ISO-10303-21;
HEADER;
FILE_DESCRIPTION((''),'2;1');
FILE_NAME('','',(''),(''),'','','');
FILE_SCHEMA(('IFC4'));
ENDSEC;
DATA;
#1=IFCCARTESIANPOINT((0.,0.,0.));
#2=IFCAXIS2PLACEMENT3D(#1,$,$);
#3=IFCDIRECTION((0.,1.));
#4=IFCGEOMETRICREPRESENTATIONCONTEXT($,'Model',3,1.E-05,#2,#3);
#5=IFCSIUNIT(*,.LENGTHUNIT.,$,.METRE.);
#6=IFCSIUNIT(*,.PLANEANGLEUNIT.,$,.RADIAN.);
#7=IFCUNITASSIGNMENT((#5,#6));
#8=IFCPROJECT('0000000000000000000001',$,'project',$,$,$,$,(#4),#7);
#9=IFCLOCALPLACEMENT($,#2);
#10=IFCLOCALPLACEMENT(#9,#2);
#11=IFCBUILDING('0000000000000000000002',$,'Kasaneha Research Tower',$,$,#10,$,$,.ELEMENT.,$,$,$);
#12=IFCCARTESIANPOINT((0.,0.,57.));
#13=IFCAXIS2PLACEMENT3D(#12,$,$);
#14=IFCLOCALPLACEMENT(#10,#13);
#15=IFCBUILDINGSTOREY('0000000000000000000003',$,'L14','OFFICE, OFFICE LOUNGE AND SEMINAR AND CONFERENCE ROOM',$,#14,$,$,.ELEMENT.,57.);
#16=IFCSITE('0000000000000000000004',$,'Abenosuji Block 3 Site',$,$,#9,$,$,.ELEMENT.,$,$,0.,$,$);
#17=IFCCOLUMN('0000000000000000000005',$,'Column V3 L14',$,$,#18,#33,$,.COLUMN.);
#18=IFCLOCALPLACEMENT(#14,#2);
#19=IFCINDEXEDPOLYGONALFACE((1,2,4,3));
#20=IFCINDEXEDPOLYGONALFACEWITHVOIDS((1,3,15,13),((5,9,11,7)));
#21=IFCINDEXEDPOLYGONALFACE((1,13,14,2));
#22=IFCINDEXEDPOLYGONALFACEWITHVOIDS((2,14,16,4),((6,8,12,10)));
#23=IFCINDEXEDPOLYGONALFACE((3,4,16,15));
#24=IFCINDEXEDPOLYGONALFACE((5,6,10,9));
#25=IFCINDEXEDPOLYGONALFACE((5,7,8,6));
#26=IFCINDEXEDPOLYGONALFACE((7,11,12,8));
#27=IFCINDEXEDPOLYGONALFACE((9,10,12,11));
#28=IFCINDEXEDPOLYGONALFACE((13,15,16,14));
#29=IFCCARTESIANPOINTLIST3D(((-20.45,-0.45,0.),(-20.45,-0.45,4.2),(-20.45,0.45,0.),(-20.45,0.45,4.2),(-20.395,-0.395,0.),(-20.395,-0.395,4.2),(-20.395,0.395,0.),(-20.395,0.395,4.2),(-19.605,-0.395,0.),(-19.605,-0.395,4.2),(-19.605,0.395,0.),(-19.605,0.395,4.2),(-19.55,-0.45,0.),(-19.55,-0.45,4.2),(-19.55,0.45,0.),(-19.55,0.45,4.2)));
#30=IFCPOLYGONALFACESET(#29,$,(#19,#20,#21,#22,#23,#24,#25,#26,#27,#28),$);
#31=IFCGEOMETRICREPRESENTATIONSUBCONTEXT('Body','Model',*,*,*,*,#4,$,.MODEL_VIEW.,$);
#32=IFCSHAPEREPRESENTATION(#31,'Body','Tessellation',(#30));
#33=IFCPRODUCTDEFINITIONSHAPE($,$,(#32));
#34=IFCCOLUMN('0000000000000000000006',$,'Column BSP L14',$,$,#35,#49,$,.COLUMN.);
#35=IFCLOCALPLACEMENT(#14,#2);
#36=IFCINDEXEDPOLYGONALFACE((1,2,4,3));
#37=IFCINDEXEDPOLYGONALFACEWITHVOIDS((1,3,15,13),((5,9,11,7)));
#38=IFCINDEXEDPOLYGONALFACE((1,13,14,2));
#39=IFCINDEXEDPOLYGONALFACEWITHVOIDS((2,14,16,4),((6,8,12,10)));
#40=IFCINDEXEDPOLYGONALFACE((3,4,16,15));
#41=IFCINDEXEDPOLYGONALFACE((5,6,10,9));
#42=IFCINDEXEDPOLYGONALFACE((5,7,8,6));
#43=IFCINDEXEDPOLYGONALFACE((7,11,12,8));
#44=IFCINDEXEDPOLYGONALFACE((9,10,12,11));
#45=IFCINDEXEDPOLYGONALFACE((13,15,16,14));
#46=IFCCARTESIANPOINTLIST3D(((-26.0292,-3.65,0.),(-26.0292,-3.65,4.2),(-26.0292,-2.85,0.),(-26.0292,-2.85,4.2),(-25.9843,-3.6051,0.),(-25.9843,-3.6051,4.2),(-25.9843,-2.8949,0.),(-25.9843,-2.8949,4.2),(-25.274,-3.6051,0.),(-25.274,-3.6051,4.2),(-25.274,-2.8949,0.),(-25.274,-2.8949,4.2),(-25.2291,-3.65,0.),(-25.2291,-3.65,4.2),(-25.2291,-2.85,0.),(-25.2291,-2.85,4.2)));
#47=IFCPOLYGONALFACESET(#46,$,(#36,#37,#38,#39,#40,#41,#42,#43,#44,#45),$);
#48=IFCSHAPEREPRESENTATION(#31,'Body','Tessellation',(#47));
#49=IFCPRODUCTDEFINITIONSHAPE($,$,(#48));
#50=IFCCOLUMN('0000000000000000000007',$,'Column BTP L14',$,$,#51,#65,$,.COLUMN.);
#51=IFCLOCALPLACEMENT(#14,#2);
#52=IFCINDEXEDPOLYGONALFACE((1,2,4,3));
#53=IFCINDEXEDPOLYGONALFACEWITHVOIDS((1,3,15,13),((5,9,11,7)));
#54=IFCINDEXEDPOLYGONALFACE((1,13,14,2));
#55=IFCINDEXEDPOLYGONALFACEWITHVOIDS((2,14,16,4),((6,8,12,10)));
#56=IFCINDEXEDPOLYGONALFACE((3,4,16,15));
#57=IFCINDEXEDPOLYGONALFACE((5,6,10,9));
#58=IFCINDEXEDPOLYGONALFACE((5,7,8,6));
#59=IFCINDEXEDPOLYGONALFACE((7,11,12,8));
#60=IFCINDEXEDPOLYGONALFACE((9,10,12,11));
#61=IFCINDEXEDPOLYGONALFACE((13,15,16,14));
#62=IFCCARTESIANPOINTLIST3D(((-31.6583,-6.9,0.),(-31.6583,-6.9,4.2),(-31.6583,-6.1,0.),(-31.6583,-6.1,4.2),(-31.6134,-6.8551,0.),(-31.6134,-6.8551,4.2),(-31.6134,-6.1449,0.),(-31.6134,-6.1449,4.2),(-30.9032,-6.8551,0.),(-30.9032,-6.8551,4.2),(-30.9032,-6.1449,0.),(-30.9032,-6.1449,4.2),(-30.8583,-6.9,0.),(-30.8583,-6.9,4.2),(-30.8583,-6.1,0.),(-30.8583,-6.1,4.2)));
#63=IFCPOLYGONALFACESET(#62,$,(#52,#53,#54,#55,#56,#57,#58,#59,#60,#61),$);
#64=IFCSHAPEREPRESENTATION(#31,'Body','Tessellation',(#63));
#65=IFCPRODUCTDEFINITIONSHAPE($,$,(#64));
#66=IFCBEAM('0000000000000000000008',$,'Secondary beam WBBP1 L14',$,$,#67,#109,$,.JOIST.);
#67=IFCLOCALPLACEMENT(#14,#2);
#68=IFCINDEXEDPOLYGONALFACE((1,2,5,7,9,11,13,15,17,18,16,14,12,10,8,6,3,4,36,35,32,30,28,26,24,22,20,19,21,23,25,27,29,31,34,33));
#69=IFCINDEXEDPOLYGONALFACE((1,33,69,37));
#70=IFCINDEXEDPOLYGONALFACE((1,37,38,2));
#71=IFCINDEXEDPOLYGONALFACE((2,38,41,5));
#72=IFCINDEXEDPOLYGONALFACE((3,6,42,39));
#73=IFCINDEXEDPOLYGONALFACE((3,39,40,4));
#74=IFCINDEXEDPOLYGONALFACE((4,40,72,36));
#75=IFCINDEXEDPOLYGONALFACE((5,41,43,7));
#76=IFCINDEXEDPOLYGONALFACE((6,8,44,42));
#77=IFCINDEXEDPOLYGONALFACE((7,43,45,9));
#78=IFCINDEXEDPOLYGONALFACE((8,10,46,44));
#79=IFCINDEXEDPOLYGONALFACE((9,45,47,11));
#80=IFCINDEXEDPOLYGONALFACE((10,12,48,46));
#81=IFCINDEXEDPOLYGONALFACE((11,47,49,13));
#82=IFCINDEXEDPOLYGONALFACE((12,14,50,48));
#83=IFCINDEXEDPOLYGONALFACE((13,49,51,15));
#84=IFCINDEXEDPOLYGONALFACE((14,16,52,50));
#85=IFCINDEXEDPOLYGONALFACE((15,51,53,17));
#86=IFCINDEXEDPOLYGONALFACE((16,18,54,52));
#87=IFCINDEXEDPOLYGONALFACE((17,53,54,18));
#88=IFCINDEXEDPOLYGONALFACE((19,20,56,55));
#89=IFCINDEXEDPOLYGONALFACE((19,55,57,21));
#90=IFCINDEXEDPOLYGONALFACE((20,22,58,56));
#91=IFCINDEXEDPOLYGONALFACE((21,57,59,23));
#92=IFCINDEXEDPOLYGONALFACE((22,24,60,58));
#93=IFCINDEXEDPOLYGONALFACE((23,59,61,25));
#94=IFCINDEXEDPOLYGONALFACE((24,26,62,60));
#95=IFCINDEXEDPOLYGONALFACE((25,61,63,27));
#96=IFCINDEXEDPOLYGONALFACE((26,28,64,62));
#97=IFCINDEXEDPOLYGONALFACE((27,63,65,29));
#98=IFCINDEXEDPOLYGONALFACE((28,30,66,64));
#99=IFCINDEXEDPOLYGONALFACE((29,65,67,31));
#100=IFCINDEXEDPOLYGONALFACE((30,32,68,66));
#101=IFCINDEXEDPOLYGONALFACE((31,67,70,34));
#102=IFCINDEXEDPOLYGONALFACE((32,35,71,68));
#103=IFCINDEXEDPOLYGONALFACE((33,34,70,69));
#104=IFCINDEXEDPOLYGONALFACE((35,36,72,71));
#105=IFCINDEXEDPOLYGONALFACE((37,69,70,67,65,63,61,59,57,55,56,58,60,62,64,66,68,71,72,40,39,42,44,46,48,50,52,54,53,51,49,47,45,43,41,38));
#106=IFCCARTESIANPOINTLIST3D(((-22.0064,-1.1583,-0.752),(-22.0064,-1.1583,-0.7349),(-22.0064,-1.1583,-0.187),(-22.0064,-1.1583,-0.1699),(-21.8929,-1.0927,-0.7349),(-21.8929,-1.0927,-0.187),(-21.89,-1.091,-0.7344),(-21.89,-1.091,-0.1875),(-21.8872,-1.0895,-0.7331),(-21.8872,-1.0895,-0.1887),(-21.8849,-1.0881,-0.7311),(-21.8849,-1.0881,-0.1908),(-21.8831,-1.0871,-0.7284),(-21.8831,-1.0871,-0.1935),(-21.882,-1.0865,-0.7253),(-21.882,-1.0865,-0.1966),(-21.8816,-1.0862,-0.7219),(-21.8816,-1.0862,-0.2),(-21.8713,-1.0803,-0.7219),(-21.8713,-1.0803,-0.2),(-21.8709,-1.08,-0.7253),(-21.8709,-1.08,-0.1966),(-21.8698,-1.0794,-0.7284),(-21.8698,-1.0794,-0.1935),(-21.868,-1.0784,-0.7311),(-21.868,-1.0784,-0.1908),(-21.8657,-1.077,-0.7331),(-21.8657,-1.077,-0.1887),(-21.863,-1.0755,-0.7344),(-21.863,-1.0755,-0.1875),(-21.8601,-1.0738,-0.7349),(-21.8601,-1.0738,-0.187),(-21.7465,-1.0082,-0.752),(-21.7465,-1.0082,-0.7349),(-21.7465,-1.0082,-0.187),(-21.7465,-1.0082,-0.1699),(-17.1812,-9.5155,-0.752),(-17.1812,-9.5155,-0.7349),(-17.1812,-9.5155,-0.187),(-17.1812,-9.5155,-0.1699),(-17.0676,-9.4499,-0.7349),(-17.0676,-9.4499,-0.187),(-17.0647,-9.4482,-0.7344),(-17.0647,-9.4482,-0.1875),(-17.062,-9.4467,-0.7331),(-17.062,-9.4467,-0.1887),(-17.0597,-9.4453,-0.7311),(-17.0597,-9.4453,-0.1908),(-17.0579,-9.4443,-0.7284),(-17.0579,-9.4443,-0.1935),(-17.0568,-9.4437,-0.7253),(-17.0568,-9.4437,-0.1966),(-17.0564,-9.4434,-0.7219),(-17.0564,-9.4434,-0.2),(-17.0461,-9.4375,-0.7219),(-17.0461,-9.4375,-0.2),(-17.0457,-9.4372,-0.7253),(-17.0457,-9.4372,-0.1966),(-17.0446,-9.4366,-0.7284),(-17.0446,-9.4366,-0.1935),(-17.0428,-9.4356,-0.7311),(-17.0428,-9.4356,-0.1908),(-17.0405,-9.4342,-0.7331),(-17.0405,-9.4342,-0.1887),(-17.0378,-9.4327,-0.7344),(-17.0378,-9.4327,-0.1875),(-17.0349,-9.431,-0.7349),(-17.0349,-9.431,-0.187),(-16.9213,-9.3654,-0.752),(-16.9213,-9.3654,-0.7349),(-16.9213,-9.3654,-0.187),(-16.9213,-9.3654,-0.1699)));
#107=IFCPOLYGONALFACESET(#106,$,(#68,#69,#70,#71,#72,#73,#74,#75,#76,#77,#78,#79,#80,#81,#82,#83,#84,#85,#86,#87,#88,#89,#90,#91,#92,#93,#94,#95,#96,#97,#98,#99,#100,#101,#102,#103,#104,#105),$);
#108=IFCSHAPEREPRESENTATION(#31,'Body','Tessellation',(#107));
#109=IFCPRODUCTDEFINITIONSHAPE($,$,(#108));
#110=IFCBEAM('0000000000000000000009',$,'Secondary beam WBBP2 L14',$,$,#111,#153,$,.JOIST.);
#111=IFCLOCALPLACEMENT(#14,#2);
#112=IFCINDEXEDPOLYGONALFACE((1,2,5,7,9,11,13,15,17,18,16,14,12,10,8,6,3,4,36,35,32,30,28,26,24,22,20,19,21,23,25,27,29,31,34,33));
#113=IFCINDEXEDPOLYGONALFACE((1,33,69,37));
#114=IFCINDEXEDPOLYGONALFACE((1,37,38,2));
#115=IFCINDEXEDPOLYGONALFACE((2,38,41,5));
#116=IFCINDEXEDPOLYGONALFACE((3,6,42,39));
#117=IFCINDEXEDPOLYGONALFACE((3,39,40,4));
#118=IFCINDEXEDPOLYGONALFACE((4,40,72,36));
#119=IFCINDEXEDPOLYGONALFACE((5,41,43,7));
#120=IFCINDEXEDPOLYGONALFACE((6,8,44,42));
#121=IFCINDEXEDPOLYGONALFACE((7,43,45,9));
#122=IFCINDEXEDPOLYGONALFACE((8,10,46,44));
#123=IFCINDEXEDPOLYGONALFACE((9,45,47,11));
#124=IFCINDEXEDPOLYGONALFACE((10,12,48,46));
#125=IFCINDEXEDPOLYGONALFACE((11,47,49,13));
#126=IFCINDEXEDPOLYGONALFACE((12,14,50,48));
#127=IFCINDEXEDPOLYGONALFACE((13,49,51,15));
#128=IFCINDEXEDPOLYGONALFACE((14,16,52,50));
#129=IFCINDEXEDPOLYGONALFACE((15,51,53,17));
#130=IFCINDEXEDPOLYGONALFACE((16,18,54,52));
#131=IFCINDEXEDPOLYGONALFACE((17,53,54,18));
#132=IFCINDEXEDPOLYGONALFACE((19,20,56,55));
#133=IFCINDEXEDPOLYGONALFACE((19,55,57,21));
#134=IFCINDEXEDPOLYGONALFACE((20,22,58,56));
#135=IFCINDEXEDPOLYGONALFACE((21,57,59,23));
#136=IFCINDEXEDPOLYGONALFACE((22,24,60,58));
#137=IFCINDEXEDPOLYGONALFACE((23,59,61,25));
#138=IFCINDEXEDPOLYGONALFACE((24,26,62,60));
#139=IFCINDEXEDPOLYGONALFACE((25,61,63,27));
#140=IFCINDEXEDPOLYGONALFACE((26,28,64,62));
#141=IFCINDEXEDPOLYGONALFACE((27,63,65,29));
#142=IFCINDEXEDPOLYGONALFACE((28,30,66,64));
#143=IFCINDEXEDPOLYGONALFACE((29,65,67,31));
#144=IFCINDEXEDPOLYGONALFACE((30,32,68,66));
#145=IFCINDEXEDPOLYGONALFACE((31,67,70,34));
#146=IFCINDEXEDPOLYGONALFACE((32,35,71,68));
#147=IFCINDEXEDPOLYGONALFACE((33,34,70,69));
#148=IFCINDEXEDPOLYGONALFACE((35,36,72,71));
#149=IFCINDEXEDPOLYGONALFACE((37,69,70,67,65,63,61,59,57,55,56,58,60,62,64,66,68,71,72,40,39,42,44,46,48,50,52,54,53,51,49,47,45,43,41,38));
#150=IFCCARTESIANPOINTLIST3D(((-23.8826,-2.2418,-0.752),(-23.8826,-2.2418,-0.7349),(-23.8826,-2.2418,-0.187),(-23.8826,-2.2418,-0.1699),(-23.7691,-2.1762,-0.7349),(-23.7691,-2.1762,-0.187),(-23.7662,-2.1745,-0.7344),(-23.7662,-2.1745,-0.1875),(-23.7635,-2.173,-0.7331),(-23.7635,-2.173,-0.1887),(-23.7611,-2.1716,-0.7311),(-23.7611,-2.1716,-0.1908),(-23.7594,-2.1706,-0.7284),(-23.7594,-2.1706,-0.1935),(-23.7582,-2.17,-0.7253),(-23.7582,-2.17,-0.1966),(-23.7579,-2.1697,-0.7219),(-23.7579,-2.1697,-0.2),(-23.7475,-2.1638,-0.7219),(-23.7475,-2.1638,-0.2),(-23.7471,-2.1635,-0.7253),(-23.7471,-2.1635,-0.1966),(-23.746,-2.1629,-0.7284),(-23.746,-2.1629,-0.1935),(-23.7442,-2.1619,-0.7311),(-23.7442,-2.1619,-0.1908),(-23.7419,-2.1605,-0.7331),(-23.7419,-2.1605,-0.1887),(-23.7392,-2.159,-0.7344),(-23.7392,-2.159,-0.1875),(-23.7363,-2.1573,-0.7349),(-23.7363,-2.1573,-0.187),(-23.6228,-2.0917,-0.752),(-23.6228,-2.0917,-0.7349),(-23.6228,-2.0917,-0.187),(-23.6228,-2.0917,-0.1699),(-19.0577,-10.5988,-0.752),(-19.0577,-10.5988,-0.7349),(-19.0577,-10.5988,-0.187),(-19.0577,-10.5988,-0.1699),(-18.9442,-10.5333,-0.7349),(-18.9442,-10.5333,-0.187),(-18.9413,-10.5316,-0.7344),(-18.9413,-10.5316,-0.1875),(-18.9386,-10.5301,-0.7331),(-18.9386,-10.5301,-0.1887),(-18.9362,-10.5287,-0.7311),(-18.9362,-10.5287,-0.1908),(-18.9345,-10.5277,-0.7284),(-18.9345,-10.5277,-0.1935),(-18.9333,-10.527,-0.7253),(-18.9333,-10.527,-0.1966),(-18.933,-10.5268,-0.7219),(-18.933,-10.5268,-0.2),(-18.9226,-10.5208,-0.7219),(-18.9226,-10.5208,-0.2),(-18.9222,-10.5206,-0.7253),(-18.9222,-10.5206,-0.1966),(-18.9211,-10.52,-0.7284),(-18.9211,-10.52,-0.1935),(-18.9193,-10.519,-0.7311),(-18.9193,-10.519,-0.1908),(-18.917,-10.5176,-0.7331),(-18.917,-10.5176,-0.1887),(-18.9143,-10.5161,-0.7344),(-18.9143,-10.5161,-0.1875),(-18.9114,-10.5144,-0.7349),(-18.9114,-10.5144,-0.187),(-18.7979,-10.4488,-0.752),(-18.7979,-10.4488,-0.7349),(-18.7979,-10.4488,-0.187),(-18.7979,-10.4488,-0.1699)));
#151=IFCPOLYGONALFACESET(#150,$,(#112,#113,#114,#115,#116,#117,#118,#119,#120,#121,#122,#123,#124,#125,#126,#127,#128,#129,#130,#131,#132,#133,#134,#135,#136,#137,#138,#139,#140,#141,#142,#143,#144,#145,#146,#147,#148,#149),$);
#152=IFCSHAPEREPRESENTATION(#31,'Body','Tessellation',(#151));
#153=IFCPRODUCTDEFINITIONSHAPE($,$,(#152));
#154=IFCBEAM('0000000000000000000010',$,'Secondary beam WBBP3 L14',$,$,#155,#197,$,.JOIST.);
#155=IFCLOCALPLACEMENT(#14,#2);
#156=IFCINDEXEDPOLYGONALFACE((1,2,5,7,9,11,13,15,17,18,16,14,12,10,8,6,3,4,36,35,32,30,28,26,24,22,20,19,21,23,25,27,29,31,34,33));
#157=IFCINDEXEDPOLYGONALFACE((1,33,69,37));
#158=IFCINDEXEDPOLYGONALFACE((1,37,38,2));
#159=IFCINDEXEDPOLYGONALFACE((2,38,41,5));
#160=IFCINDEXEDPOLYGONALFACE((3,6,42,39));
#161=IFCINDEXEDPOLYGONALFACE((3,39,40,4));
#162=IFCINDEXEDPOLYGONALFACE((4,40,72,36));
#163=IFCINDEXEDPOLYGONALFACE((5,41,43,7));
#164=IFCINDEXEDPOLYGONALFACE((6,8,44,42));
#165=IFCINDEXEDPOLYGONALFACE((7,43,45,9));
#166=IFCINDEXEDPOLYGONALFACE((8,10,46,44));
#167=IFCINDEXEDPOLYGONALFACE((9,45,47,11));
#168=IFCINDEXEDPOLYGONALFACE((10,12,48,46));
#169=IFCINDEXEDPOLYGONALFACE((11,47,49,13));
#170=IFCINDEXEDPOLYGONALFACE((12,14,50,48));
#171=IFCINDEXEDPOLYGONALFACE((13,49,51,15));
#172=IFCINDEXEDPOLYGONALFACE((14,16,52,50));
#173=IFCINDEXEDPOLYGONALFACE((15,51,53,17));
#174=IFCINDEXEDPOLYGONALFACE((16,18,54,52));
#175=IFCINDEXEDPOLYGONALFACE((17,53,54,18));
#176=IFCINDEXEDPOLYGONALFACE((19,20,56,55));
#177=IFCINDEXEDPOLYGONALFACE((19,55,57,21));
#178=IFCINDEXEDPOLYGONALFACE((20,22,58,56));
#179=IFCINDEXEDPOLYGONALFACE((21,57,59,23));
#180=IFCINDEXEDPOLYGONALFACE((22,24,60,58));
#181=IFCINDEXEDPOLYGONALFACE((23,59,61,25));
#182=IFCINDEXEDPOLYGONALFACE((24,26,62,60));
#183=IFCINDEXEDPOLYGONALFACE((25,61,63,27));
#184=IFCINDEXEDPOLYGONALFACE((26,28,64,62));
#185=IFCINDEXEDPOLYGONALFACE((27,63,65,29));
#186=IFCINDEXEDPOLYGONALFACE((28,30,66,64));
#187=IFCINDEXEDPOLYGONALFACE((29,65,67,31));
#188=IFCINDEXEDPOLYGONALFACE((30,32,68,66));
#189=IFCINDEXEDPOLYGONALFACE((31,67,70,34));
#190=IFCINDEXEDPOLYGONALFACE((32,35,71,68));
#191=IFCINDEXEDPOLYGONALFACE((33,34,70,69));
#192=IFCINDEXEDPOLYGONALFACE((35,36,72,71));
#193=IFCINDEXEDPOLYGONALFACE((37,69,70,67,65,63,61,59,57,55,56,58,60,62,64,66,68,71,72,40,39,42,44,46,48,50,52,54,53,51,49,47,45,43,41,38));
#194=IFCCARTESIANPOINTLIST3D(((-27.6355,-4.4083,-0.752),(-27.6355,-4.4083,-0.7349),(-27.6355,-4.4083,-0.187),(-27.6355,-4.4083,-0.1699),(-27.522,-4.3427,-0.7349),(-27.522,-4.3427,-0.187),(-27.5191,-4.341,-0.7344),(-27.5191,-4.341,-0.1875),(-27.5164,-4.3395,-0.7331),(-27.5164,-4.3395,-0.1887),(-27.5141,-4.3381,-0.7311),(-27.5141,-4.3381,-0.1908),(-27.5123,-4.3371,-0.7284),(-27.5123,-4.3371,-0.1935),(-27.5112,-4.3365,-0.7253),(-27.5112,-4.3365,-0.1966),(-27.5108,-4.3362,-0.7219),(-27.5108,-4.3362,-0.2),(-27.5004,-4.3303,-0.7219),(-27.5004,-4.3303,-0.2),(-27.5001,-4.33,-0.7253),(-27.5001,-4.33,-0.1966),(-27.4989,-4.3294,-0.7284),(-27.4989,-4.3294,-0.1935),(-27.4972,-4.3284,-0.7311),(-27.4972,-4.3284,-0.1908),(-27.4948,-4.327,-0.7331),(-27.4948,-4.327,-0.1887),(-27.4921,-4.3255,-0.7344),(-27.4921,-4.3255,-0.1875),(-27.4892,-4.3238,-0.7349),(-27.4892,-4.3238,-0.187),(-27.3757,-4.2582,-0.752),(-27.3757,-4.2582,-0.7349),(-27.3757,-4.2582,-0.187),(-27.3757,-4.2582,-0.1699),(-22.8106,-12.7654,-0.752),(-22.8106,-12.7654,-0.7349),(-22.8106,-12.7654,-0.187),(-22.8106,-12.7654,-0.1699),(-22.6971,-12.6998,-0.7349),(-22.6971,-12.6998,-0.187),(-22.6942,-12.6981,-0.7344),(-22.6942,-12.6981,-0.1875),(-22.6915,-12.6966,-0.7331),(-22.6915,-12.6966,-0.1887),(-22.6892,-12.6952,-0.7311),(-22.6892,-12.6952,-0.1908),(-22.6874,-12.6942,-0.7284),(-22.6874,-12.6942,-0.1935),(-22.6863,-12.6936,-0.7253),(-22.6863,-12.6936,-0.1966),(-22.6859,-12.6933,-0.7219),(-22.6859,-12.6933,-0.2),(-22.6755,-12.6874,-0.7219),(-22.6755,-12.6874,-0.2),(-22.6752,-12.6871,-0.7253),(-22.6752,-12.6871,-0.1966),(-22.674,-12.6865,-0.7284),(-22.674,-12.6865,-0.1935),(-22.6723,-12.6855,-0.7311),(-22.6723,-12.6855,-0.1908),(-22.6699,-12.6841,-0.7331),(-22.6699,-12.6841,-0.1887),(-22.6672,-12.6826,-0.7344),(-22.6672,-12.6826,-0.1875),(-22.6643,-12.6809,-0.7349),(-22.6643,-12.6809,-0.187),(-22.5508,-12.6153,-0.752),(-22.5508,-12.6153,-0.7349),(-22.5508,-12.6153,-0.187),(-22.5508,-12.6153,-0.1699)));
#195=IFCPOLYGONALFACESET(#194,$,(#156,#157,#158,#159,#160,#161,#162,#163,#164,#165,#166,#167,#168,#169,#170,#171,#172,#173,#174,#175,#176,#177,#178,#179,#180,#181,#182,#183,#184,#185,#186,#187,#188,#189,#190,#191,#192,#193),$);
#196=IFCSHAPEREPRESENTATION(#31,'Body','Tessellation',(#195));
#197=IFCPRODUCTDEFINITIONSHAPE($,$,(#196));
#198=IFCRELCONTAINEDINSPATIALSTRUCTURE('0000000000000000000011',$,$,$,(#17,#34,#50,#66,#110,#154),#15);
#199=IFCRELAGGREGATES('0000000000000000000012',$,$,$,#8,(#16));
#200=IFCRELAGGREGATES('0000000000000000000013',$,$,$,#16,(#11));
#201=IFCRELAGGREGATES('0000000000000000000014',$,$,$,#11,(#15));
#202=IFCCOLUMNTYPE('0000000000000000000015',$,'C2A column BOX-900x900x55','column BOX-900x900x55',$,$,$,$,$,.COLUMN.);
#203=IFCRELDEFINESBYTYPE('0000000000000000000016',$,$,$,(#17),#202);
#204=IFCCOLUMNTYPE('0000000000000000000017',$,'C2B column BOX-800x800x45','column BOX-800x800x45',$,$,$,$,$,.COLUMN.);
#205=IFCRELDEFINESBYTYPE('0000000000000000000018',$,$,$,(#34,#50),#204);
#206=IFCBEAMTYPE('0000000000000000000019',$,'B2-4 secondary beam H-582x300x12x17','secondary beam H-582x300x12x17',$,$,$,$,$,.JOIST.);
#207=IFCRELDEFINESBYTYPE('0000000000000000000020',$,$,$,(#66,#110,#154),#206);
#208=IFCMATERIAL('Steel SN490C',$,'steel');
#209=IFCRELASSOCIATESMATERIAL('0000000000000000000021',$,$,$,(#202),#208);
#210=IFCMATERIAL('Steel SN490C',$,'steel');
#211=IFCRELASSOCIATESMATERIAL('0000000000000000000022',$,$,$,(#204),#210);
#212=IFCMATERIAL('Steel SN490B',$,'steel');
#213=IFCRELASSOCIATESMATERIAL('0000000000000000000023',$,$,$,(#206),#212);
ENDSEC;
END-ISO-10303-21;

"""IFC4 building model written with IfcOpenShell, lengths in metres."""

from ifc_helpers import new_model, si_unit, direction, frame, origin, origin_2d, place, context, subcontext, project, spatial, hollow_rectangle, i_section, extrude, material, material_profile, profile_set, type_object, element, save


model = new_model("IFC4")

# Units and contexts
model_context = context("Model", 3, precision=1e-05, world=origin(), true_north=direction((0.0, 1.0)))
body_context = subcontext(model_context, "Body", "Model", "MODEL_VIEW")
ifc_project = project(units=[si_unit("LENGTHUNIT", "METRE"), si_unit("PLANEANGLEUNIT", "RADIAN")], contexts=[model_context])

# Site, building, storey
site_placement = place(None, origin())
site = spatial("IfcSite", under=ifc_project, at=site_placement, Name="Abenosuji Block 3 Site", CompositionType="ELEMENT", RefElevation=0.0)
building_placement = place(site_placement, origin())
building = spatial("IfcBuilding", under=site, at=building_placement, Name="Kasaneha Research Tower", CompositionType="ELEMENT")
storey_placement = place(building_placement, frame((0.0, 0.0, 57.0)))
storey = spatial("IfcBuildingStorey", under=building, at=storey_placement, Name="L14", Description="OFFICE, OFFICE LOUNGE AND SEMINAR AND CONFERENCE ROOM", CompositionType="ELEMENT", Elevation=57.0)

# Columns
ifc_material_1 = material(Name="Steel SN490C", Category="steel")
ifc_material_profile_1 = material_profile(ifc_material_1, hollow_rectangle(XDim=0.8999, YDim=0.8999, WallThickness=0.0549, at=origin_2d()), Name="BOX-900x900x55")
ifc_profile_set_1 = profile_set([ifc_material_profile_1], Name="Steel SN490C")
column_type_1 = type_object("IfcColumnType", Name="C2A column BOX-900x900x55", Description="column BOX-900x900x55", PredefinedType="COLUMN", material=ifc_profile_set_1)
column_placement = place(storey_placement, frame((-20.0, 0.0, 0.0), z_axis=(0.0, 0.0, 1.0), x_axis=(1.0, 0.0, 0.0)))
element("IfcColumn", 1, at=column_placement, inside=storey, type_object=column_type_1, Name="Column V3 L14", PredefinedType="COLUMN", context=body_context, shape_type="SweptSolid", body=[
    extrude(hollow_rectangle(XDim=0.8999, YDim=0.8999, WallThickness=0.0549, at=origin_2d()), origin(), (0.0, 0.0, 1.0), 4.2),
])
ifc_material_2 = material(Name="Steel SN490C", Category="steel")
ifc_material_profile_2 = material_profile(ifc_material_2, hollow_rectangle(XDim=0.8, YDim=0.8, WallThickness=0.0449, at=origin_2d()), Name="BOX-800x800x45")
ifc_profile_set_2 = profile_set([ifc_material_profile_2], Name="Steel SN490C")
column_type_2 = type_object("IfcColumnType", Name="C2B column BOX-800x800x45", Description="column BOX-800x800x45", PredefinedType="COLUMN", material=ifc_profile_set_2)
for number, where, z_axis, x_axis, name in (
    (2, (-25.6292, -3.25, 0.0), (0.0, 0.0, 1.0), (1.0, 0.0, 0.0), "Column BSP L14"),
    (3, (-31.2583, -6.5, 0.0), (0.0, 0.0, 1.0), (1.0, 0.0, 0.0), "Column BTP L14"),
):
    element("IfcColumn", number, at=place(storey_placement, frame(where, z_axis=z_axis, x_axis=x_axis)), inside=storey, type_object=column_type_2, Name=name, PredefinedType="COLUMN", context=body_context, shape_type="SweptSolid", body=[
        extrude(hollow_rectangle(XDim=0.8, YDim=0.8, WallThickness=0.0449, at=origin_2d()), origin(), (0.0, 0.0, 1.0), 4.2),
    ])

# Beams
ifc_material_3 = material(Name="Steel SN490B", Category="steel")
ifc_material_profile_3 = material_profile(ifc_material_3, i_section(OverallWidth=0.3, OverallDepth=0.582, WebThickness=0.012, FlangeThickness=0.0171, FilletRadius=0.0129, at=origin_2d()), Name="H-582x300x12x17")
ifc_profile_set_3 = profile_set([ifc_material_profile_3], Name="Steel SN490B")
beam_type_1 = type_object("IfcBeamType", Name="B2-4 secondary beam H-582x300x12x17", Description="secondary beam H-582x300x12x17", PredefinedType="JOIST", material=ifc_profile_set_3)
beam_1_placement = place(storey_placement, frame((-21.8765, -1.0833, -0.4609), z_axis=(0.500014, -0.866017, 0.0), x_axis=(0.866017, 0.500014, 0.0)))
element("IfcBeam", 4, at=beam_1_placement, inside=storey, type_object=beam_type_1, Name="Secondary beam WBBP1 L14", PredefinedType="JOIST", context=body_context, shape_type="SweptSolid", body=[
    extrude(i_section(OverallWidth=0.3, OverallDepth=0.582, WebThickness=0.012, FlangeThickness=0.0171, FilletRadius=0.0129, at=origin_2d()), origin(), (0.0, 0.0, 1.0), 9.6501),
])
for number, where, z_axis, x_axis, name in (
    (5, (-23.7527, -2.1667, -0.4609), (0.499995, -0.866028, 0.0), (0.866028, 0.499995, 0.0), "Secondary beam WBBP2 L14"),
    (6, (-27.5056, -4.3333, -0.4609), (0.499995, -0.866028, 0.0), (0.866028, 0.499995, 0.0), "Secondary beam WBBP3 L14"),
):
    element("IfcBeam", number, at=place(storey_placement, frame(where, z_axis=z_axis, x_axis=x_axis)), inside=storey, type_object=beam_type_1, Name=name, PredefinedType="JOIST", context=body_context, shape_type="SweptSolid", body=[
        extrude(i_section(OverallWidth=0.3, OverallDepth=0.582, WebThickness=0.012, FlangeThickness=0.0171, FilletRadius=0.0129, at=origin_2d()), origin(), (0.0, 0.0, 1.0), 9.6499),
    ])

save(model, "model.ifc")
